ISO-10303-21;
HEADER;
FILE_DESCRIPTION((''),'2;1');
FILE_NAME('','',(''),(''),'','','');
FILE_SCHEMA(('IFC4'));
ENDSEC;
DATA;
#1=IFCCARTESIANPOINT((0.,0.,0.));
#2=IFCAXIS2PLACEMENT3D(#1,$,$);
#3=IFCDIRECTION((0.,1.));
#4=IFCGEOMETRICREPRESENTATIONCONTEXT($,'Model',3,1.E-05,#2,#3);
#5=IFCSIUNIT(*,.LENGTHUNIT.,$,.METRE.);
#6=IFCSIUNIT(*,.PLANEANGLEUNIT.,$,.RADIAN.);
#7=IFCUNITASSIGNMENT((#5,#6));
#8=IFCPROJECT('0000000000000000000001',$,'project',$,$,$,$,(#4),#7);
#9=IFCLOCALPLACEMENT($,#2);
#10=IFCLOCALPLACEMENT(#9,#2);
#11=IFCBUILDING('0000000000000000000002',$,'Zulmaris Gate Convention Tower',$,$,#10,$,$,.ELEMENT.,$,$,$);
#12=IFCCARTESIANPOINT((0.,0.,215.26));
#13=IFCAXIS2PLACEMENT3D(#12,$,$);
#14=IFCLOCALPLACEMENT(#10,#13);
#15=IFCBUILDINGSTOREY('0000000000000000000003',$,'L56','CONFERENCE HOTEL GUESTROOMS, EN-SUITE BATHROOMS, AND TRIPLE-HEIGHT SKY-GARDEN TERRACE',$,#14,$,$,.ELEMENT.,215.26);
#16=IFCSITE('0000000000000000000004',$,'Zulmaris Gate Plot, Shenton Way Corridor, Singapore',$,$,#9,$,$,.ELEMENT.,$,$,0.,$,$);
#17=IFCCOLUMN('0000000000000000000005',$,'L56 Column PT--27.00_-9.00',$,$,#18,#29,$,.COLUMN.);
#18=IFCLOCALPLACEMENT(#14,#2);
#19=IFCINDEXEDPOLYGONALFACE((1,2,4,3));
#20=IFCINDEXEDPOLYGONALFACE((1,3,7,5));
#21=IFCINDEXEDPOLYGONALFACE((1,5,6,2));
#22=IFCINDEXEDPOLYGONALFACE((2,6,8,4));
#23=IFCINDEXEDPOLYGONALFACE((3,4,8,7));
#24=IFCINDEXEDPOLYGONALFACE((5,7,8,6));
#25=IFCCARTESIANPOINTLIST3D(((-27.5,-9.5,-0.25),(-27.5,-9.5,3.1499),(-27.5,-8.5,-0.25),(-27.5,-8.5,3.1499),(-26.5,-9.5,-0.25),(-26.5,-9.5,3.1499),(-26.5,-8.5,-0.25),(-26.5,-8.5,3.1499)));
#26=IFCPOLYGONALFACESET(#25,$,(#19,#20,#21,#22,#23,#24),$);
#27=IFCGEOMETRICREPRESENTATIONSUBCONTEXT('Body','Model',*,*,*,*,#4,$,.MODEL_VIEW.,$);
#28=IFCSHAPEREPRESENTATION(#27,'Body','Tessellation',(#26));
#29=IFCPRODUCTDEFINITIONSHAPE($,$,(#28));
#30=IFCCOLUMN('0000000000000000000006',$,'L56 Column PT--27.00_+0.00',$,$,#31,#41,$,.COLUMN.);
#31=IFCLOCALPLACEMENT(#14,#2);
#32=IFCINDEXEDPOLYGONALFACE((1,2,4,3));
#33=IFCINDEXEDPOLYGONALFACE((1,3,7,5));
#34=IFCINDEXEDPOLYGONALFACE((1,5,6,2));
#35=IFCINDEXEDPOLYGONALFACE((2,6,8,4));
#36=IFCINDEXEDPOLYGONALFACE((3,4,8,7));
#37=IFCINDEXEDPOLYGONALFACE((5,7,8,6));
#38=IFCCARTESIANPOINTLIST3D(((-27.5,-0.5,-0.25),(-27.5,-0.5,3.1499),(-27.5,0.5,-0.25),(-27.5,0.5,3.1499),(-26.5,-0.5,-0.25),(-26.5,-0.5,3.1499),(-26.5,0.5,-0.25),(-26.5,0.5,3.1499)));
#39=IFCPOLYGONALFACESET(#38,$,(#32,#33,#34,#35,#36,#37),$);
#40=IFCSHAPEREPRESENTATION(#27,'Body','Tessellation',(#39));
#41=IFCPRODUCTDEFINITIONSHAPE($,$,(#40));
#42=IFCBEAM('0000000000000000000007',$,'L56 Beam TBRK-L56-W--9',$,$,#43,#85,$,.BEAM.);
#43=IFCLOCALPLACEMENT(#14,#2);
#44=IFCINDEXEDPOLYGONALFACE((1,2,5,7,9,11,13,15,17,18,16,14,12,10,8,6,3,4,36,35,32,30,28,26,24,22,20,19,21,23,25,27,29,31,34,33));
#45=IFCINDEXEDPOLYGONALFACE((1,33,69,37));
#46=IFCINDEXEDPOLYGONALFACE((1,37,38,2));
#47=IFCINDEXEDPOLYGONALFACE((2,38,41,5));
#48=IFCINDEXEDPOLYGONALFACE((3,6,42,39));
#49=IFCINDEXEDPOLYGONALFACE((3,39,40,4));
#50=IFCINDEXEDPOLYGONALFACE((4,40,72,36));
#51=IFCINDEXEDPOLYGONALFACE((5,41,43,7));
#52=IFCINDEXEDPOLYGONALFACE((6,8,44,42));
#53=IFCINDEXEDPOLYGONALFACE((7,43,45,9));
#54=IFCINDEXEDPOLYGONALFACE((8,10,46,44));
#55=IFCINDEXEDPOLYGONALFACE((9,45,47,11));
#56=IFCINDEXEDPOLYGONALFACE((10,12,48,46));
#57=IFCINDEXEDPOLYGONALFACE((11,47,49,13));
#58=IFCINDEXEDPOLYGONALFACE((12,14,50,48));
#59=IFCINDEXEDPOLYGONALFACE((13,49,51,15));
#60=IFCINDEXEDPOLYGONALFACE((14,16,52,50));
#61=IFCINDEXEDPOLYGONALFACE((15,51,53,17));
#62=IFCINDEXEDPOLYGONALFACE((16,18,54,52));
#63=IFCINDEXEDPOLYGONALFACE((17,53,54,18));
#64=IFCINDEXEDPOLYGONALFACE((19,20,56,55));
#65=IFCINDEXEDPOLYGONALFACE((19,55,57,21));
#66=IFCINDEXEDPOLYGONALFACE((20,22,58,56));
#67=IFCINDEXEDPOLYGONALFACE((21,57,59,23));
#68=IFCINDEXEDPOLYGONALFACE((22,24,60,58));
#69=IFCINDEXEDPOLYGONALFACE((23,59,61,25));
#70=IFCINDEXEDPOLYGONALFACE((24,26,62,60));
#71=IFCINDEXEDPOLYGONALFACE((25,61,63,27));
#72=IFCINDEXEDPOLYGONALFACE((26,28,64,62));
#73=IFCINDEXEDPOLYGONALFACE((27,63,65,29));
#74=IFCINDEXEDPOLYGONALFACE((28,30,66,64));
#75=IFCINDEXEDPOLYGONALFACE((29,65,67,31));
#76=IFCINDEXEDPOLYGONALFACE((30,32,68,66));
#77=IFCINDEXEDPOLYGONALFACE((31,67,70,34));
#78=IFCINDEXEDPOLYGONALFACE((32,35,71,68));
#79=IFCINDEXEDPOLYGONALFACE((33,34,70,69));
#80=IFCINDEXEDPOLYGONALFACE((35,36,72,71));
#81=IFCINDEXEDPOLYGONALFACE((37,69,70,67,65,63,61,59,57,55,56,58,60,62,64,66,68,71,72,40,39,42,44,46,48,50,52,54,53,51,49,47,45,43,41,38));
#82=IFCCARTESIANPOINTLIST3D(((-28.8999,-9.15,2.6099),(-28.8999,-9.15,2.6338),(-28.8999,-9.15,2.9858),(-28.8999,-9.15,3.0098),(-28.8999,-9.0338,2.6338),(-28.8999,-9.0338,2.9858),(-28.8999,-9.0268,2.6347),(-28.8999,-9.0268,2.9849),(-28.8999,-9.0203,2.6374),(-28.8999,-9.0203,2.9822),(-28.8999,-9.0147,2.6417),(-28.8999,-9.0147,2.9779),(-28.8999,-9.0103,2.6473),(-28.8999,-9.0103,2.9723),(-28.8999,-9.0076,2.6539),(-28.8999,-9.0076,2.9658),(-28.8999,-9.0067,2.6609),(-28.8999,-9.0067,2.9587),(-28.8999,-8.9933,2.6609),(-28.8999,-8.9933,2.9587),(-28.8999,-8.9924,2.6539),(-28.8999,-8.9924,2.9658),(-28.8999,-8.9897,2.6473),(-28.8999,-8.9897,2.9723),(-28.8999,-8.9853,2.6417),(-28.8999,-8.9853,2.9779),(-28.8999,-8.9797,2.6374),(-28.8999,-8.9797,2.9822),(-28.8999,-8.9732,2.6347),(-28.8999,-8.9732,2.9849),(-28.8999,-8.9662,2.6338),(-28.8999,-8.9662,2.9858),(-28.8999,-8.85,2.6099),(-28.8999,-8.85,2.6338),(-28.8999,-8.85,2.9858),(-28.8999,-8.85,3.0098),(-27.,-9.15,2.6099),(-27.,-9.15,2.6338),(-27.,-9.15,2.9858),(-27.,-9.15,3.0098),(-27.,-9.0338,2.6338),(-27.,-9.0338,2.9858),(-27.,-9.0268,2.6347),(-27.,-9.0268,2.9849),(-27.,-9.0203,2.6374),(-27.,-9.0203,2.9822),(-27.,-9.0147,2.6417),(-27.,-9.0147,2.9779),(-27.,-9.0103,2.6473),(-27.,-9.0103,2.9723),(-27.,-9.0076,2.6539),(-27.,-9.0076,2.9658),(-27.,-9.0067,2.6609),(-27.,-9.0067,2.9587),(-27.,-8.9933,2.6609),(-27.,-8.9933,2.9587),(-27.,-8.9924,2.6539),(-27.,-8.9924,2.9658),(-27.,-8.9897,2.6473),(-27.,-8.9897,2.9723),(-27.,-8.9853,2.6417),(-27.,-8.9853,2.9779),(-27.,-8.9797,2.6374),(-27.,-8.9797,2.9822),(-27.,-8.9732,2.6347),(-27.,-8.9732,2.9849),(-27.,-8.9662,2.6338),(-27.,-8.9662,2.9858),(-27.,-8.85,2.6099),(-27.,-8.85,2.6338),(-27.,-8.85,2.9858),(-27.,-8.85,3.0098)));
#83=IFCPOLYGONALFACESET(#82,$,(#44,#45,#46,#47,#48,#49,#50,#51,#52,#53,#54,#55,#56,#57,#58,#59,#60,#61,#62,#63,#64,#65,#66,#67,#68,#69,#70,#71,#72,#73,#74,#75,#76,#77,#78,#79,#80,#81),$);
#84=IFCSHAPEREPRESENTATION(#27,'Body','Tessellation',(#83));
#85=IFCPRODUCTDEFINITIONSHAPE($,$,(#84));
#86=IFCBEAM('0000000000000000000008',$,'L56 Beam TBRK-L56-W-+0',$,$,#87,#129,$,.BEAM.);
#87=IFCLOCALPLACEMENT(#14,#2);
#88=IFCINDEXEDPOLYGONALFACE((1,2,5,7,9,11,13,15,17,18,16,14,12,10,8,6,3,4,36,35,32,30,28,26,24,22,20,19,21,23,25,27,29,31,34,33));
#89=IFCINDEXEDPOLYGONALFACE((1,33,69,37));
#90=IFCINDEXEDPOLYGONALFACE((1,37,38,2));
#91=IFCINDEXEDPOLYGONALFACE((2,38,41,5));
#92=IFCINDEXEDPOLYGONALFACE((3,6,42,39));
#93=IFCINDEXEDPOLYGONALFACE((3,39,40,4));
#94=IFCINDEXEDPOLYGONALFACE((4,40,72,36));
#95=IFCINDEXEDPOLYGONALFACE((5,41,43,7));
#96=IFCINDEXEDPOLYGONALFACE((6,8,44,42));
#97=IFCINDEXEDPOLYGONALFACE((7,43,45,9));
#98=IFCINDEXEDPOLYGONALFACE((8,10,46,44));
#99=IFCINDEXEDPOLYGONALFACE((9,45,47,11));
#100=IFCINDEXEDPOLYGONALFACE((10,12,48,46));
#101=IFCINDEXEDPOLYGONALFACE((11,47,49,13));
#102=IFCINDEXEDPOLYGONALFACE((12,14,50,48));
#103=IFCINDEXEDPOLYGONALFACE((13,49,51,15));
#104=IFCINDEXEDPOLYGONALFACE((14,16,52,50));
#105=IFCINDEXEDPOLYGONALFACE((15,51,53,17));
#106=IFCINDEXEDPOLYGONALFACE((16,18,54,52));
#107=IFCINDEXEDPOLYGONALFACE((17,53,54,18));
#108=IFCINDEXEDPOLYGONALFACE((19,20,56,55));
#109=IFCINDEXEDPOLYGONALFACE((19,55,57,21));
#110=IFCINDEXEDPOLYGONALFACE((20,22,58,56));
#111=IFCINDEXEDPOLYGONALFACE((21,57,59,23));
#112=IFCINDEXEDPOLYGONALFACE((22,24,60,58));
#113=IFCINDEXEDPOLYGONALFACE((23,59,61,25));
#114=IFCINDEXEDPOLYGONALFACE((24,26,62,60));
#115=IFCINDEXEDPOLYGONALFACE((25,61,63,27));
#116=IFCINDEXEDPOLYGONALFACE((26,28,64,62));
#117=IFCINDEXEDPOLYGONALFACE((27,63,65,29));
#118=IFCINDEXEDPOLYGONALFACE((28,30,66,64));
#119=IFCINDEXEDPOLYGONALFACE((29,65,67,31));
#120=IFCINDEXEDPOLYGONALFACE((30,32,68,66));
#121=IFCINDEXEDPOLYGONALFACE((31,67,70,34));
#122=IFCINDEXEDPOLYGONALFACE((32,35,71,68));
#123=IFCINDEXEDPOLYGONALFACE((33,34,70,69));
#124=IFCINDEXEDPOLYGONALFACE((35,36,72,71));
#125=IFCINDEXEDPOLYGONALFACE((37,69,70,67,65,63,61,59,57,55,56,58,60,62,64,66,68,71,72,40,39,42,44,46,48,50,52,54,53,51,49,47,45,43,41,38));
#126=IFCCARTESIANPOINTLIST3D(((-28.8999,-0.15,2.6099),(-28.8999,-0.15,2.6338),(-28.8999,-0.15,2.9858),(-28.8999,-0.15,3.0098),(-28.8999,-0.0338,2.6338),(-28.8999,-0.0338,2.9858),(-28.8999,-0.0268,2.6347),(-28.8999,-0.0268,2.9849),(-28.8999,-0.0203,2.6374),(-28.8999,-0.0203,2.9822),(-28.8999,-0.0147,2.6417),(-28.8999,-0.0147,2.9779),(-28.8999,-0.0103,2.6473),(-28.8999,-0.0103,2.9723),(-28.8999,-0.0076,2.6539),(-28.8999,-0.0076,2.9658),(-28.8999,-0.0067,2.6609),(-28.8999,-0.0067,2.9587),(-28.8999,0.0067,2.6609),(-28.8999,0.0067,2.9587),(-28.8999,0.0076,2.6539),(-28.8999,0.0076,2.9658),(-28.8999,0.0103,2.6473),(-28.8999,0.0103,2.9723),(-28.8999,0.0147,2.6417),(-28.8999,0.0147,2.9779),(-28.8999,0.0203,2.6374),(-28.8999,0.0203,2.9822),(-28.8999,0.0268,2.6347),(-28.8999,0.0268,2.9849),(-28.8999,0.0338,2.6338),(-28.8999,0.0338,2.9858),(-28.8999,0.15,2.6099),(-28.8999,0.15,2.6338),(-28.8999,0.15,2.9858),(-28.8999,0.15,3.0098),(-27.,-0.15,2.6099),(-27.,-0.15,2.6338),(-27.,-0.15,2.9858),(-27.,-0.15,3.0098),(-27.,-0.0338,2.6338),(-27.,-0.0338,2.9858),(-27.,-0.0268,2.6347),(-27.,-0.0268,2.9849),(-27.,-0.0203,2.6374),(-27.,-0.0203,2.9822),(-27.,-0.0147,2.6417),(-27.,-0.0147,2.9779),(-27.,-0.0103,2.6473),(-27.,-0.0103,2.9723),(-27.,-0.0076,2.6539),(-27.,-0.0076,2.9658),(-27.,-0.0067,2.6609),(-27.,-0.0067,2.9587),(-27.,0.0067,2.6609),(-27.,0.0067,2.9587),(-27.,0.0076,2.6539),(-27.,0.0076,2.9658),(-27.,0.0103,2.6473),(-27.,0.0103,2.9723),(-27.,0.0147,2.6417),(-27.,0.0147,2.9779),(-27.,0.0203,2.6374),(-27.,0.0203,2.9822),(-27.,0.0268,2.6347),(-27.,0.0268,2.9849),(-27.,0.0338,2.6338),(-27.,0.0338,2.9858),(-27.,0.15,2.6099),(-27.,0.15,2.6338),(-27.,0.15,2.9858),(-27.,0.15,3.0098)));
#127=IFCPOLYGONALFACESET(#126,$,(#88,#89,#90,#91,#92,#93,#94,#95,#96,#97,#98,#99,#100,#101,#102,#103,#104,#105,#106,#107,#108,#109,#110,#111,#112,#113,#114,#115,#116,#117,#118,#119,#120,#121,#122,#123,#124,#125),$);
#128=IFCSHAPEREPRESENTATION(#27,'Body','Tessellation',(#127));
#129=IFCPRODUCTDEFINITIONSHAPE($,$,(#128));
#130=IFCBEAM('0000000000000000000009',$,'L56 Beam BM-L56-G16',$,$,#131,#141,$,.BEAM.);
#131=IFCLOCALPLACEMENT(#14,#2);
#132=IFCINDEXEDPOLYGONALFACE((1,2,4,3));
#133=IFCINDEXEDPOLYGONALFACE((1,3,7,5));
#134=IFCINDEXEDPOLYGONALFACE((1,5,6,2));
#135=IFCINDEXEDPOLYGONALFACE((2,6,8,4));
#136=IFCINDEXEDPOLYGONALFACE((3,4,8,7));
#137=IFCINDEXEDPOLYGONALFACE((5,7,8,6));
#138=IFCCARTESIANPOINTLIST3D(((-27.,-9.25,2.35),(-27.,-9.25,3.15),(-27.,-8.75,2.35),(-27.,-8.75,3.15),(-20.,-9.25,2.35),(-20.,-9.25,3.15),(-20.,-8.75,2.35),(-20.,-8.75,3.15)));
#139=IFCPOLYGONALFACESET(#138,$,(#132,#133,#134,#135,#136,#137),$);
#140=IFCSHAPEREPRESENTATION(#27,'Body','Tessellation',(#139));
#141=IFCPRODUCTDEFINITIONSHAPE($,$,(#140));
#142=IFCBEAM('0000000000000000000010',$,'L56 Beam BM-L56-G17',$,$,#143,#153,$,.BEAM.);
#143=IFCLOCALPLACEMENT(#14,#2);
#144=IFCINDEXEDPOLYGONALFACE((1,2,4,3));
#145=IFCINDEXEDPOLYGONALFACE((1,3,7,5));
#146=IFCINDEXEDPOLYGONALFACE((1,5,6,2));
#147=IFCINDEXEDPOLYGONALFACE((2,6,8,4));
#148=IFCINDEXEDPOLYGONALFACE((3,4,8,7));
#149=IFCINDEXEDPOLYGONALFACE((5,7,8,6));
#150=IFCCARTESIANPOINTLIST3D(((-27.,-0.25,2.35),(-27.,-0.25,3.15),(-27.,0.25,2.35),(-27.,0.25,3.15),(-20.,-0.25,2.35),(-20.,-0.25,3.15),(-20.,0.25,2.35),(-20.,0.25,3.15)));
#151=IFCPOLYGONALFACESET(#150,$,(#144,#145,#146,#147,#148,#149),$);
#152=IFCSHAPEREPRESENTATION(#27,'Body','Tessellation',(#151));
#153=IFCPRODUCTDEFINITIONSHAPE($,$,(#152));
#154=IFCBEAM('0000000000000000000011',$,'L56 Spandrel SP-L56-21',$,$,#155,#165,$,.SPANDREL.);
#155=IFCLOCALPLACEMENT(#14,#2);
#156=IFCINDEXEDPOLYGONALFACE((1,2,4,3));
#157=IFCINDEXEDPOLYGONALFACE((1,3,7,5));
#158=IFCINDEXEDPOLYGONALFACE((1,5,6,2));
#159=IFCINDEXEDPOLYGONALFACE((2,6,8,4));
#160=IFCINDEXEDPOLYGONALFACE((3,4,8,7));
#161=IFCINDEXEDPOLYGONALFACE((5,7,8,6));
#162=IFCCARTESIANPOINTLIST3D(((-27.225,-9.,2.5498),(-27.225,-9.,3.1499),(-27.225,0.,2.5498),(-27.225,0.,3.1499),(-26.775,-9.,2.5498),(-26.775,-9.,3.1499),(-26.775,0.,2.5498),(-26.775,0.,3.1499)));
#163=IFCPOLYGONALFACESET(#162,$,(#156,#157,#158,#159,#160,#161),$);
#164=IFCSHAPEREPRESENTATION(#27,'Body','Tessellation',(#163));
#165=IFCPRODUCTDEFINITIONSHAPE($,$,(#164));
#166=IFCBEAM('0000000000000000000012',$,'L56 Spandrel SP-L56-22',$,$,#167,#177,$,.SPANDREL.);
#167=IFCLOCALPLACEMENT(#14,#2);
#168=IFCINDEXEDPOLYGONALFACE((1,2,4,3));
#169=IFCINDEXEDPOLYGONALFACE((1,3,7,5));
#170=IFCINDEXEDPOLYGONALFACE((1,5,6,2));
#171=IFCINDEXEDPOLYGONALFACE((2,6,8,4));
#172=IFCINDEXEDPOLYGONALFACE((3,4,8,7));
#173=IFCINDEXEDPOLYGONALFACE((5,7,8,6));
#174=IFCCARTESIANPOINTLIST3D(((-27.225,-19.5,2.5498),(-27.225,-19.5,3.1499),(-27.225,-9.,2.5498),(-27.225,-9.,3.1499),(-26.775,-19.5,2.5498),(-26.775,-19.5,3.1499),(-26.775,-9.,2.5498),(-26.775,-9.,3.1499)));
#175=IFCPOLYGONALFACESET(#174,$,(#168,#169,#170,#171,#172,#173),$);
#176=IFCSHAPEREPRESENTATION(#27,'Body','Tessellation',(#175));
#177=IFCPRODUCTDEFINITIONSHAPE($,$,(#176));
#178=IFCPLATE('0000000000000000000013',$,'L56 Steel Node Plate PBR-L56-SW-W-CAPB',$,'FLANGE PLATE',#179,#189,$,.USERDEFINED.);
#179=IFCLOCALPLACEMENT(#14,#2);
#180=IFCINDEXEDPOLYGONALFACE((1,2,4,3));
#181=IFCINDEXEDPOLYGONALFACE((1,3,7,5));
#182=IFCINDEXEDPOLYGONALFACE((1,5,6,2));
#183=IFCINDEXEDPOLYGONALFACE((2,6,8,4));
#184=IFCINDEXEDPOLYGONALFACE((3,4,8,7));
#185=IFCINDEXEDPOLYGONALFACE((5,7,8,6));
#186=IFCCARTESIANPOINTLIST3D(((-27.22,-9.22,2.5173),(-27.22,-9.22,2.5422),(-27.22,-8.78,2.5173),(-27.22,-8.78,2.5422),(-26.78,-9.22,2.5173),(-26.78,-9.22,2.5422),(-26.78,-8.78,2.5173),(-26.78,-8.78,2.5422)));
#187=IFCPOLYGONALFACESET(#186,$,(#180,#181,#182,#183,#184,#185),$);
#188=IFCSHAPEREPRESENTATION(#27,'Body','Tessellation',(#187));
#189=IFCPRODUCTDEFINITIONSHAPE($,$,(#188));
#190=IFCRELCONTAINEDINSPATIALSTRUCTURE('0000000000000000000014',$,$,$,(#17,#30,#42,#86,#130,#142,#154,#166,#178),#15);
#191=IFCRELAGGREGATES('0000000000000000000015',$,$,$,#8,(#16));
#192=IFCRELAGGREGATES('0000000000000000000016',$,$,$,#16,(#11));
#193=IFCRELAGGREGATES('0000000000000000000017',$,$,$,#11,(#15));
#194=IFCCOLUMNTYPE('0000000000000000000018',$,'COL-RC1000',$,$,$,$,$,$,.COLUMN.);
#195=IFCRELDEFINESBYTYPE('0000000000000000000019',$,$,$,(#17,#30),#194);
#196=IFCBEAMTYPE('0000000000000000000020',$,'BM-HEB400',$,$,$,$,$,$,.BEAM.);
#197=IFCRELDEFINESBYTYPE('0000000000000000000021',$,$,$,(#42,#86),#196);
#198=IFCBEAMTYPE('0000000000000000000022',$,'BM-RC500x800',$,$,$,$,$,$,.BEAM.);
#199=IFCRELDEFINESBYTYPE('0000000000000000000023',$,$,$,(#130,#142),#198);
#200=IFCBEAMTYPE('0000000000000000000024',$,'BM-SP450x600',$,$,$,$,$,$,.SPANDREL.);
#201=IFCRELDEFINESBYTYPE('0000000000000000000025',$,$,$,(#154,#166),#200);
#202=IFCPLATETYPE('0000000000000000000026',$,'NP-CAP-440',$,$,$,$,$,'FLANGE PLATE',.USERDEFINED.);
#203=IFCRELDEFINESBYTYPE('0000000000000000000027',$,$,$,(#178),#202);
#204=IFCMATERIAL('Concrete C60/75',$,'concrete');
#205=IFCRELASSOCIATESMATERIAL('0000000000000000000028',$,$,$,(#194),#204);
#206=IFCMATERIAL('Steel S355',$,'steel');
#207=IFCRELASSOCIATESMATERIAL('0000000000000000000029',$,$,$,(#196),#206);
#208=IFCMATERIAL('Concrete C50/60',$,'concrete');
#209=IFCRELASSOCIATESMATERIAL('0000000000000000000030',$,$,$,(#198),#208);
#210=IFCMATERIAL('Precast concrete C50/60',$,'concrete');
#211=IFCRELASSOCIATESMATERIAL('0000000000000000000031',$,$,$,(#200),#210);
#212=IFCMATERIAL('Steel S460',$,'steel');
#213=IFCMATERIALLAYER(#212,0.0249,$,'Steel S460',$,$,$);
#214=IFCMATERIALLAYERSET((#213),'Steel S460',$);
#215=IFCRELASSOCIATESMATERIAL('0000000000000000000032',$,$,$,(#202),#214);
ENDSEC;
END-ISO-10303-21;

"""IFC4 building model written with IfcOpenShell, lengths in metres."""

from ifc_helpers import new_model, si_unit, direction, frame, origin, origin_2d, place, context, subcontext, project, spatial, rectangle, i_section, extrude, material, layer, layer_set, material_profile, profile_set, type_object, element, save


model = new_model("IFC4")

# Units and contexts
model_context = context("Model", 3, precision=1e-05, world=origin(), true_north=direction((0.0, 1.0)))
body_context = subcontext(model_context, "Body", "Model", "MODEL_VIEW")
ifc_project = project(units=[si_unit("LENGTHUNIT", "METRE"), si_unit("PLANEANGLEUNIT", "RADIAN")], contexts=[model_context])

# Site, building, storey
site_placement = place(None, origin())
site = spatial("IfcSite", under=ifc_project, at=site_placement, Name="Zulmaris Gate Plot, Shenton Way Corridor, Singapore", CompositionType="ELEMENT", RefElevation=0.0)
building_placement = place(site_placement, origin())
building = spatial("IfcBuilding", under=site, at=building_placement, Name="Zulmaris Gate Convention Tower", CompositionType="ELEMENT")
storey_placement = place(building_placement, frame((0.0, 0.0, 215.26)))
storey = spatial("IfcBuildingStorey", under=building, at=storey_placement, Name="L56", Description="CONFERENCE HOTEL GUESTROOMS, EN-SUITE BATHROOMS, AND TRIPLE-HEIGHT SKY-GARDEN TERRACE", CompositionType="ELEMENT", Elevation=215.26)

# Columns
ifc_material_1 = material(Name="Concrete C60/75", Category="concrete")
ifc_material_profile_1 = material_profile(ifc_material_1, rectangle(XDim=1.0, YDim=1.0, at=origin_2d()), Name="RC COL 1000x1000")
ifc_profile_set_1 = profile_set([ifc_material_profile_1], Name="Concrete C60/75")
column_type = type_object("IfcColumnType", Name="COL-RC1000", PredefinedType="COLUMN", material=ifc_profile_set_1)
for number, where, z_axis, x_axis, name in (
    (1, (-27.0, -9.0, -0.25), (0.0, 0.0, 1.0), (1.0, 0.0, 0.0), "L56 Column PT--27.00_-9.00"),
    (2, (-27.0, 0.0, -0.25), (0.0, 0.0, 1.0), (1.0, 0.0, 0.0), "L56 Column PT--27.00_+0.00"),
):
    element("IfcColumn", number, at=place(storey_placement, frame(where, z_axis=z_axis, x_axis=x_axis)), inside=storey, type_object=column_type, Name=name, PredefinedType="COLUMN", context=body_context, shape_type="SweptSolid", body=[
        extrude(rectangle(XDim=1.0, YDim=1.0, at=origin_2d()), origin(), (0.0, 0.0, 1.0), 3.3999),
    ])

# Beams
ifc_material_2 = material(Name="Steel S355", Category="steel")
ifc_material_profile_2 = material_profile(ifc_material_2, i_section(OverallWidth=0.3, OverallDepth=0.3999, WebThickness=0.0134, FlangeThickness=0.0239, FilletRadius=0.0271, at=origin_2d()), Name="HEB 400")
ifc_profile_set_2 = profile_set([ifc_material_profile_2], Name="Steel S355")
beam_type_1 = type_object("IfcBeamType", Name="BM-HEB400", PredefinedType="BEAM", material=ifc_profile_set_2)
for number, where, z_axis, x_axis, name in (
    (3, (-28.8999, -9.0, 2.8098), (1.0, 0.0, 0.0), (0.0, 1.0, 0.0), "L56 Beam TBRK-L56-W--9"),
    (4, (-28.8999, 0.0, 2.8098), (1.0, 0.0, 0.0), (0.0, 1.0, 0.0), "L56 Beam TBRK-L56-W-+0"),
):
    element("IfcBeam", number, at=place(storey_placement, frame(where, z_axis=z_axis, x_axis=x_axis)), inside=storey, type_object=beam_type_1, Name=name, PredefinedType="BEAM", context=body_context, shape_type="SweptSolid", body=[
        extrude(i_section(OverallWidth=0.3, OverallDepth=0.3999, WebThickness=0.0134, FlangeThickness=0.0239, FilletRadius=0.0271, at=origin_2d()), origin(), (0.0, 0.0, 1.0), 1.8999),
    ])
ifc_material_3 = material(Name="Concrete C50/60", Category="concrete")
ifc_material_profile_3 = material_profile(ifc_material_3, rectangle(XDim=0.5, YDim=0.8, at=origin_2d()), Name="RC BEAM 500x800")
ifc_profile_set_3 = profile_set([ifc_material_profile_3], Name="Concrete C50/60")
beam_type_2 = type_object("IfcBeamType", Name="BM-RC500x800", PredefinedType="BEAM", material=ifc_profile_set_3)
for number, where, z_axis, x_axis, name in (
    (5, (-27.0, -9.0, 2.75), (1.0, 0.0, 0.0), (0.0, 1.0, 0.0), "L56 Beam BM-L56-G16"),
    (6, (-27.0, 0.0, 2.75), (1.0, 0.0, 0.0), (0.0, 1.0, 0.0), "L56 Beam BM-L56-G17"),
):
    element("IfcBeam", number, at=place(storey_placement, frame(where, z_axis=z_axis, x_axis=x_axis)), inside=storey, type_object=beam_type_2, Name=name, PredefinedType="BEAM", context=body_context, shape_type="SweptSolid", body=[
        extrude(rectangle(XDim=0.5, YDim=0.8, at=origin_2d()), origin(), (0.0, 0.0, 1.0), 7.0),
    ])
ifc_material_4 = material(Name="Precast concrete C50/60", Category="concrete")
ifc_material_profile_4 = material_profile(ifc_material_4, rectangle(XDim=0.45, YDim=0.6001, at=origin_2d()), Name="RC SPANDREL 450x600")
ifc_profile_set_4 = profile_set([ifc_material_profile_4], Name="Precast concrete C50/60")
beam_type_3 = type_object("IfcBeamType", Name="BM-SP450x600", PredefinedType="SPANDREL", material=ifc_profile_set_4)
beam_1_placement = place(storey_placement, frame((-27.0, 0.0, 2.8499), z_axis=(0.0, -1.0, 0.0), x_axis=(1.0, 0.0, 0.0)))
element("IfcBeam", 7, at=beam_1_placement, inside=storey, type_object=beam_type_3, Name="L56 Spandrel SP-L56-21", PredefinedType="SPANDREL", context=body_context, shape_type="SweptSolid", body=[
    extrude(rectangle(XDim=0.45, YDim=0.6001, at=origin_2d()), origin(), (0.0, 0.0, 1.0), 9.0),
])
beam_2_placement = place(storey_placement, frame((-27.0, -9.0, 2.8499), z_axis=(0.0, -1.0, 0.0), x_axis=(1.0, 0.0, 0.0)))
element("IfcBeam", 8, at=beam_2_placement, inside=storey, type_object=beam_type_3, Name="L56 Spandrel SP-L56-22", PredefinedType="SPANDREL", context=body_context, shape_type="SweptSolid", body=[
    extrude(rectangle(XDim=0.45, YDim=0.6001, at=origin_2d()), origin(), (0.0, 0.0, 1.0), 10.5),
])

# Plate
ifc_material_5 = material(Name="Steel S460", Category="steel")
ifc_layer_1 = layer(ifc_material_5, 0.0249, Name="Steel S460")
ifc_layer_set_1 = layer_set([ifc_layer_1], Name="Steel S460")
plate_type = type_object("IfcPlateType", Name="NP-CAP-440", ElementType="FLANGE PLATE", PredefinedType="USERDEFINED", material=ifc_layer_set_1)
plate_placement = place(storey_placement, frame((-27.0, -9.0, 2.5173), z_axis=(0.0, 0.0, 1.0), x_axis=(1.0, 0.0, 0.0)))
element("IfcPlate", 9, at=plate_placement, inside=storey, type_object=plate_type, Name="L56 Steel Node Plate PBR-L56-SW-W-CAPB", ObjectType="FLANGE PLATE", PredefinedType="USERDEFINED", context=body_context, shape_type="SweptSolid", body=[
    extrude(rectangle(XDim=0.4399, YDim=0.4399, at=origin_2d()), origin(), (0.0, 0.0, 1.0), 0.0249),
])

save(model, "model.ifc")
